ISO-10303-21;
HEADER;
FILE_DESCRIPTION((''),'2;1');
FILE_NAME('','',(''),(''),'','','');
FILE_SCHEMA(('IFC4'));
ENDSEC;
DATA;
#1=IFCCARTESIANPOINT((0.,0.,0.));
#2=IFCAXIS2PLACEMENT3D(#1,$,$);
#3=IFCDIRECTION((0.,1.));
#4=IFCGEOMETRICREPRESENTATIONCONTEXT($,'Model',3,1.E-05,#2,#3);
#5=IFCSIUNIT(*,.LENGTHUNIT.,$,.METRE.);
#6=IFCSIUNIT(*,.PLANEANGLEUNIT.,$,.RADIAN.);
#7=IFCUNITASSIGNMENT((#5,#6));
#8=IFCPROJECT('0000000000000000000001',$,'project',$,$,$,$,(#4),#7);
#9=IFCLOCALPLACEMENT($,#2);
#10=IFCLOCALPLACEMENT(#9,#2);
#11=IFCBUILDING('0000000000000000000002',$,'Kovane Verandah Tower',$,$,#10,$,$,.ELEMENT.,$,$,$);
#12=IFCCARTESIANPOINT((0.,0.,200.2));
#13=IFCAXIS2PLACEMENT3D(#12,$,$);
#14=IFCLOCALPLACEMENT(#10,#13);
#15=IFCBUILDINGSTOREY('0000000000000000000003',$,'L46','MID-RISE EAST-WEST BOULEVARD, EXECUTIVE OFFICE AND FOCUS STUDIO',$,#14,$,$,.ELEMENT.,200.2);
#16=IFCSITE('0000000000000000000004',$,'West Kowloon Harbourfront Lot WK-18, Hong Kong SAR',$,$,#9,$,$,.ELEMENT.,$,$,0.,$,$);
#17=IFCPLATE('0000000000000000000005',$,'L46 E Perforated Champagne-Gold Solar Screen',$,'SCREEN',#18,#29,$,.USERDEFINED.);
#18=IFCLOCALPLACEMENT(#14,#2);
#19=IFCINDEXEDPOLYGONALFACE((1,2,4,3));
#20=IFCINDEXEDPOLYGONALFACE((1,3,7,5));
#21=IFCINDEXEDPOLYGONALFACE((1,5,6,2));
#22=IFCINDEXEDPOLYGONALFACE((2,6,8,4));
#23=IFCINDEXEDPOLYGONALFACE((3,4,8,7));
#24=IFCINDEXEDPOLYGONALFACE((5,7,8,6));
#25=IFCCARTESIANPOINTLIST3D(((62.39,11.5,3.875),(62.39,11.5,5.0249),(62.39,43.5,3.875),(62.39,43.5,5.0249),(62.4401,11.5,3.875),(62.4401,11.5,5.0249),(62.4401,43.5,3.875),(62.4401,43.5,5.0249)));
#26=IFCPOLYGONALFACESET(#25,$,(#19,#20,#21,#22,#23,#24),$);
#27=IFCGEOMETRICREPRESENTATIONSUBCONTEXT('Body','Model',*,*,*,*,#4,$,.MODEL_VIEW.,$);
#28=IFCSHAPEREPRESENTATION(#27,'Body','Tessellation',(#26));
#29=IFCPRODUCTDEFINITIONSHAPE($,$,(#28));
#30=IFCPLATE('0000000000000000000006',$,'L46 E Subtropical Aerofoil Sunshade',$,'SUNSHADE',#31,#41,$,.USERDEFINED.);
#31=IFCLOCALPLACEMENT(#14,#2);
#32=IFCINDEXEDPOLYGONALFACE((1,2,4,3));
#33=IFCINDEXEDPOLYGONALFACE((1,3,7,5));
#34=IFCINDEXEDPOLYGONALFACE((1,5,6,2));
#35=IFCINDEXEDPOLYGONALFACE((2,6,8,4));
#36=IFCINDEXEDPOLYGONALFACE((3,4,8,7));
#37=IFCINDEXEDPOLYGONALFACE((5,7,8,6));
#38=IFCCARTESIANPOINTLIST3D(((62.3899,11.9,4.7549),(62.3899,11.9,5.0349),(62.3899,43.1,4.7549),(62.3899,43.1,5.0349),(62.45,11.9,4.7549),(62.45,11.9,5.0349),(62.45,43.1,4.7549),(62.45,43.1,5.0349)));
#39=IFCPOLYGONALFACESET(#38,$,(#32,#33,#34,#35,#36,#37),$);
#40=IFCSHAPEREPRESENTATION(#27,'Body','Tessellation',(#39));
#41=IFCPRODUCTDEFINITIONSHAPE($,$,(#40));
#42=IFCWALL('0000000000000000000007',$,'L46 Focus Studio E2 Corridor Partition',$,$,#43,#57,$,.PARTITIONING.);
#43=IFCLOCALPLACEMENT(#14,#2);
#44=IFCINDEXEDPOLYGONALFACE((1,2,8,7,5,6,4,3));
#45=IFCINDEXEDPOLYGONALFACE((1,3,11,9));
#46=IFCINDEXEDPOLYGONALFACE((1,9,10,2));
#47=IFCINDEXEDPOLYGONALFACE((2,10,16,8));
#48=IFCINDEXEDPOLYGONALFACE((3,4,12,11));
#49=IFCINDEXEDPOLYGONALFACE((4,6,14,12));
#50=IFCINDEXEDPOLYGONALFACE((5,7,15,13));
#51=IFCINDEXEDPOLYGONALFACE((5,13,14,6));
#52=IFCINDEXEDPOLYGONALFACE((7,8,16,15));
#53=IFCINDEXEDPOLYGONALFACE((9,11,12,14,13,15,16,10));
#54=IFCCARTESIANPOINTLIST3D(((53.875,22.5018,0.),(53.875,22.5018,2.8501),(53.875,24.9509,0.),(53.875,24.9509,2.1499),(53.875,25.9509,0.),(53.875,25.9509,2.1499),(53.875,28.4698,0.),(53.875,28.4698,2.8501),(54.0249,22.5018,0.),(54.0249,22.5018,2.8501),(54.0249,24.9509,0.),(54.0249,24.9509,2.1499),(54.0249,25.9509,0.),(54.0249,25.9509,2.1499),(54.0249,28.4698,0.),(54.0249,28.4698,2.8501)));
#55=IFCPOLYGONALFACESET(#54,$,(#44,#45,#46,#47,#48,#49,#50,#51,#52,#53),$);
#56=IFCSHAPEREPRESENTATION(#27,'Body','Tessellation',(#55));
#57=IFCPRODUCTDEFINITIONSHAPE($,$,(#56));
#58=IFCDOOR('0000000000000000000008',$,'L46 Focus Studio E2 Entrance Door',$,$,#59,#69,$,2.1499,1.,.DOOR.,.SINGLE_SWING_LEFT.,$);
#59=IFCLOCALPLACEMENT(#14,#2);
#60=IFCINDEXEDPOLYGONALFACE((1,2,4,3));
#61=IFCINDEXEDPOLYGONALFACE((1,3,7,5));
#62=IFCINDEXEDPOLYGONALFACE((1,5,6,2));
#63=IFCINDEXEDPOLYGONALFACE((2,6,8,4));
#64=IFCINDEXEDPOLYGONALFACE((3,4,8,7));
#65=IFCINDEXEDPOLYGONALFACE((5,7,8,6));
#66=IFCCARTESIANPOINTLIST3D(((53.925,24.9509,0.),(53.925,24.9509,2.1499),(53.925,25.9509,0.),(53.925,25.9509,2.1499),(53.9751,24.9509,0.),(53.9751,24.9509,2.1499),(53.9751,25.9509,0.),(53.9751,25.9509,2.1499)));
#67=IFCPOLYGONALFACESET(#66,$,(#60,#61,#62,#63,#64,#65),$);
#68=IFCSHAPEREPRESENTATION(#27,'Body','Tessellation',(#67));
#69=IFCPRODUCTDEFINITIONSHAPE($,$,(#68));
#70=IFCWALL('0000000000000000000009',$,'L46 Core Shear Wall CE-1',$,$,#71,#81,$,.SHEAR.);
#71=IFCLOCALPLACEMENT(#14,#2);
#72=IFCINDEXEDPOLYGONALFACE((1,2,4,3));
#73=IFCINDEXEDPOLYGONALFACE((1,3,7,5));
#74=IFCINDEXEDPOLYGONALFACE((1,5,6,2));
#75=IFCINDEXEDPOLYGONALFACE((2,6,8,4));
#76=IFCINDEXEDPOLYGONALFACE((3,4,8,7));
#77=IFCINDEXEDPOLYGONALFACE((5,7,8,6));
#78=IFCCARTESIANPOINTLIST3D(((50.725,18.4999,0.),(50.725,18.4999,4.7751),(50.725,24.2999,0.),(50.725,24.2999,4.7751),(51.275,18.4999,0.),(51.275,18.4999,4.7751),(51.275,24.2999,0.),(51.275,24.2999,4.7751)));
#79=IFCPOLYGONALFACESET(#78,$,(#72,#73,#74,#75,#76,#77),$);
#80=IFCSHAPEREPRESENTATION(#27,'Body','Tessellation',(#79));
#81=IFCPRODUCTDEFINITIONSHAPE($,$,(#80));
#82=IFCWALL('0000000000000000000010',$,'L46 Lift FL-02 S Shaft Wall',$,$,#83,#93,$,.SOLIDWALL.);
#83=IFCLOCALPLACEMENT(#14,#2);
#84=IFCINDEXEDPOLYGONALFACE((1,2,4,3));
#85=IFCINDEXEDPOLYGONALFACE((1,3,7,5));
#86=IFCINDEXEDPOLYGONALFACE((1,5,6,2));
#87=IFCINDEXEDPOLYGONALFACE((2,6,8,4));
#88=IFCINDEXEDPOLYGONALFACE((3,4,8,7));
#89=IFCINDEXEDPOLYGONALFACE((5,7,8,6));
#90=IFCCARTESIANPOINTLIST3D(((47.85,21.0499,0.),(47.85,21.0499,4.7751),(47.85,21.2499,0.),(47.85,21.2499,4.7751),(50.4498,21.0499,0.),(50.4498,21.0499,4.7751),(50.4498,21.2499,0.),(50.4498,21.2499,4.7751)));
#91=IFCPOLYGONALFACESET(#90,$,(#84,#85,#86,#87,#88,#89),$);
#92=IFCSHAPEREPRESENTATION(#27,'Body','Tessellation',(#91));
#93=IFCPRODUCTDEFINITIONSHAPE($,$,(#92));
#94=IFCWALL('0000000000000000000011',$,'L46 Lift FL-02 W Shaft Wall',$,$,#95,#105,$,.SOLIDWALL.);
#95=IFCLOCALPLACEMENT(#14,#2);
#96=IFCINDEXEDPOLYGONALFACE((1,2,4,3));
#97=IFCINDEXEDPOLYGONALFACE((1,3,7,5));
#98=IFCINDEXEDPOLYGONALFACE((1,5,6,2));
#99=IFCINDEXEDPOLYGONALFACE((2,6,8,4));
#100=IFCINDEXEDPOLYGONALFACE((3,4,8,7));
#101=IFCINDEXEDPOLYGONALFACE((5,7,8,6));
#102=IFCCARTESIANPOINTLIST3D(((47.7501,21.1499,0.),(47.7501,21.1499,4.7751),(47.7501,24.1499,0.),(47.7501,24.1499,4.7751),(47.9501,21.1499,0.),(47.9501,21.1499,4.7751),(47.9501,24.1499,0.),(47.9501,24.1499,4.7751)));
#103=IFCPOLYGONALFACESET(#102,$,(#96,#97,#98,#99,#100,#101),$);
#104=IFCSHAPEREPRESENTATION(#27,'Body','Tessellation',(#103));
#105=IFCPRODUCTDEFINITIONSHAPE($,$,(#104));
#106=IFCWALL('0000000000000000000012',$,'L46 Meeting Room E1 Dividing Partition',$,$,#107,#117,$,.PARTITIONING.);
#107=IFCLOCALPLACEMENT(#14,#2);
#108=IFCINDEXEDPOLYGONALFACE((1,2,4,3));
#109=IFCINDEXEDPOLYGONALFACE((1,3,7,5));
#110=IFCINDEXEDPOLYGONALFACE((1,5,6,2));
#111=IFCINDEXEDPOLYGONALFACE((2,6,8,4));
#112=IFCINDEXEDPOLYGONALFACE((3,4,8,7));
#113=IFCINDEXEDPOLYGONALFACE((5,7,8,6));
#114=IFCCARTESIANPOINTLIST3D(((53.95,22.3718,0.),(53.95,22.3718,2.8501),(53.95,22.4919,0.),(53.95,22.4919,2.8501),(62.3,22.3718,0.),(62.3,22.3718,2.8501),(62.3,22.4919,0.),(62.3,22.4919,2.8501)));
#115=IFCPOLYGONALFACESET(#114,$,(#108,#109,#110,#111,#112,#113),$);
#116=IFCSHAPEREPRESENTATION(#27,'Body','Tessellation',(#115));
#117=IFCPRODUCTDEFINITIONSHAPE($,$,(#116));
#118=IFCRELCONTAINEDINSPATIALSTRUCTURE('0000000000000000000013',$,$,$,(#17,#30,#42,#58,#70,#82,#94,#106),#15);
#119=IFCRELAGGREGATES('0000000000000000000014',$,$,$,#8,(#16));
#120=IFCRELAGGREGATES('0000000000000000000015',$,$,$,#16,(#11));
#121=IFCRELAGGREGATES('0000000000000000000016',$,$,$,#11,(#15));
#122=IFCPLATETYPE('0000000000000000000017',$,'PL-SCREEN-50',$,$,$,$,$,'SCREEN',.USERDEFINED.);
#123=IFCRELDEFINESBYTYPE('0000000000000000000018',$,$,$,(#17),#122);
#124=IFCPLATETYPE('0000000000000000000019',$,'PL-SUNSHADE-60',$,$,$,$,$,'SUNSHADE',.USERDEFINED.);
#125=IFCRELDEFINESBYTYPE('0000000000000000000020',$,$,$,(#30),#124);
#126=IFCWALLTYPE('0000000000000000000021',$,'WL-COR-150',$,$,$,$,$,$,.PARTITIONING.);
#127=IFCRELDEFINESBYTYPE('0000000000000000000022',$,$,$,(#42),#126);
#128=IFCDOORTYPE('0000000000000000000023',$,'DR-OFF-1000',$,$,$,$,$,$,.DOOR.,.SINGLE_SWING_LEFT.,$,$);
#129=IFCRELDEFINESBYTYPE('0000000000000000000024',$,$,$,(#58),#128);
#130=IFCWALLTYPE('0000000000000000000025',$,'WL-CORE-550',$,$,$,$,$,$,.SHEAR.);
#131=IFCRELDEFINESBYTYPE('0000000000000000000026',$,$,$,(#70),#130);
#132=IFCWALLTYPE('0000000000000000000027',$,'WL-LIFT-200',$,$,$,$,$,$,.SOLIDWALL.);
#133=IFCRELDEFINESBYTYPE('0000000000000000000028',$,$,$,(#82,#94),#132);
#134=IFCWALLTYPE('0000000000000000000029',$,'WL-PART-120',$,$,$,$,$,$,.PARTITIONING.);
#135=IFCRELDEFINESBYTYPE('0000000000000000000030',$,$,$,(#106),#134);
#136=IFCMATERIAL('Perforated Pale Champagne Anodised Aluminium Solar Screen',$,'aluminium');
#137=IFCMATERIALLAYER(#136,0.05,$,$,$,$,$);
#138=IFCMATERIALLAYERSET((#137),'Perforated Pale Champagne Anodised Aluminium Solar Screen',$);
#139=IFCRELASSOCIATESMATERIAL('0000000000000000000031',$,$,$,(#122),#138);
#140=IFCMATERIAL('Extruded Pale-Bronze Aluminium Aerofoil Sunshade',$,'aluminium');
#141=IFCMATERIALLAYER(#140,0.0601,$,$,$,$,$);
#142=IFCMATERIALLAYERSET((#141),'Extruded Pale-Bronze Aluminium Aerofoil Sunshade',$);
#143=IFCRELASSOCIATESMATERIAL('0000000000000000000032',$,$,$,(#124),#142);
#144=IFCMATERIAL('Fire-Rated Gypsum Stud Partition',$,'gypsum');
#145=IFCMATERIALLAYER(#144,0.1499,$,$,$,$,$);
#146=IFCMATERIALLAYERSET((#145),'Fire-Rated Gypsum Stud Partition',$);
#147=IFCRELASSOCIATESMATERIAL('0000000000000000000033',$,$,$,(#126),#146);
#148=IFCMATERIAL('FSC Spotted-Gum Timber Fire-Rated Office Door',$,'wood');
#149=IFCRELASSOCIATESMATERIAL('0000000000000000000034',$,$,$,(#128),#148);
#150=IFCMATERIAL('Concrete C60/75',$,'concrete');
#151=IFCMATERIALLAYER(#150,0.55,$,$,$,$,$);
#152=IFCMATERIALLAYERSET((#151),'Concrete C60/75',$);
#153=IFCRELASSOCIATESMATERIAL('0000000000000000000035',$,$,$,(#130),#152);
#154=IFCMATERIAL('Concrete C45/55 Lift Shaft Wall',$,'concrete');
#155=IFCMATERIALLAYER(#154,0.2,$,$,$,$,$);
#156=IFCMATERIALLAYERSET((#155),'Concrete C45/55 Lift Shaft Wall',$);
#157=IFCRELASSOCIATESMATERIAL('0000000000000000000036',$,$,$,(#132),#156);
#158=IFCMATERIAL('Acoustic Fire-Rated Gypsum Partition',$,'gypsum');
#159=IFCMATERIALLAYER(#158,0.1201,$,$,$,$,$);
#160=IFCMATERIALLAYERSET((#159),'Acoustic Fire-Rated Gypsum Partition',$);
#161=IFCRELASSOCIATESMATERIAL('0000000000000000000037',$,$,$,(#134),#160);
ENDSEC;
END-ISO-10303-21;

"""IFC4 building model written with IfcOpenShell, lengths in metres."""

from ifc_helpers import new_model, si_unit, direction, frame, frame_2d, origin, origin_2d, place, context, subcontext, project, spatial, rectangle, extrude, material, layer, layer_set, type_object, element, fill, save


model = new_model("IFC4")

# Units and contexts
model_context = context("Model", 3, precision=1e-05, world=origin(), true_north=direction((0.0, 1.0)))
body_context = subcontext(model_context, "Body", "Model", "MODEL_VIEW")
ifc_project = project(units=[si_unit("LENGTHUNIT", "METRE"), si_unit("PLANEANGLEUNIT", "RADIAN")], contexts=[model_context])

# Site, building, storey
site_placement = place(None, origin())
site = spatial("IfcSite", under=ifc_project, at=site_placement, Name="West Kowloon Harbourfront Lot WK-18, Hong Kong SAR", CompositionType="ELEMENT", RefElevation=0.0)
building_placement = place(site_placement, origin())
building = spatial("IfcBuilding", under=site, at=building_placement, Name="Kovane Verandah Tower", CompositionType="ELEMENT")
storey_placement = place(building_placement, frame((0.0, 0.0, 200.2)))
storey = spatial("IfcBuildingStorey", under=building, at=storey_placement, Name="L46", Description="MID-RISE EAST-WEST BOULEVARD, EXECUTIVE OFFICE AND FOCUS STUDIO", CompositionType="ELEMENT", Elevation=200.2)

# Shared definitions
ifc_material_1 = material(Name="Concrete C60/75", Category="concrete")

# Plates
ifc_material_2 = material(Name="Perforated Pale Champagne Anodised Aluminium Solar Screen", Category="aluminium")
ifc_layer_1 = layer(ifc_material_2, 0.05)
ifc_layer_set_1 = layer_set([ifc_layer_1], Name="Perforated Pale Champagne Anodised Aluminium Solar Screen")
plate_type_1 = type_object("IfcPlateType", Name="PL-SCREEN-50", ElementType="SCREEN", PredefinedType="USERDEFINED", material=ifc_layer_set_1)
plate_1_placement = place(storey_placement, frame((62.415, 27.5, 3.875), z_axis=(0.0, 0.0, 1.0), x_axis=(0.0, 1.0, 0.0)))
element("IfcPlate", 1, at=plate_1_placement, inside=storey, type_object=plate_type_1, Name="L46 E Perforated Champagne-Gold Solar Screen", ObjectType="SCREEN", PredefinedType="USERDEFINED", context=body_context, shape_type="SweptSolid", body=[
    extrude(rectangle(XDim=32.0, YDim=0.05, at=origin_2d()), origin(), (0.0, 0.0, 1.0), 1.1499),
])
ifc_material_3 = material(Name="Extruded Pale-Bronze Aluminium Aerofoil Sunshade", Category="aluminium")
ifc_layer_2 = layer(ifc_material_3, 0.0601)
ifc_layer_set_2 = layer_set([ifc_layer_2], Name="Extruded Pale-Bronze Aluminium Aerofoil Sunshade")
plate_type_2 = type_object("IfcPlateType", Name="PL-SUNSHADE-60", ElementType="SUNSHADE", PredefinedType="USERDEFINED", material=ifc_layer_set_2)
plate_2_placement = place(storey_placement, frame((62.4199, 27.5, 4.7549), z_axis=(0.0, 0.0, 1.0), x_axis=(0.0, 1.0, 0.0)))
element("IfcPlate", 2, at=plate_2_placement, inside=storey, type_object=plate_type_2, Name="L46 E Subtropical Aerofoil Sunshade", ObjectType="SUNSHADE", PredefinedType="USERDEFINED", context=body_context, shape_type="SweptSolid", body=[
    extrude(rectangle(XDim=31.2, YDim=0.0601, at=origin_2d()), origin(), (0.0, 0.0, 1.0), 0.28),
])

# Wall, opening, door
ifc_material_4 = material(Name="Fire-Rated Gypsum Stud Partition", Category="gypsum")
ifc_layer_3 = layer(ifc_material_4, 0.1499)
ifc_layer_set_3 = layer_set([ifc_layer_3], Name="Fire-Rated Gypsum Stud Partition")
wall_type_1 = type_object("IfcWallType", Name="WL-COR-150", PredefinedType="PARTITIONING", material=ifc_layer_set_3)
ifc_material_5 = material(Name="FSC Spotted-Gum Timber Fire-Rated Office Door", Category="wood")
door_type_1 = type_object("IfcDoorType", Name="DR-OFF-1000", OperationType="SINGLE_SWING_LEFT", PredefinedType="DOOR", material=ifc_material_5)
wall_1_placement = place(storey_placement, frame((53.95, 22.502, 0.0), z_axis=(0.0, 0.0, 1.0), x_axis=(0.0, 1.0, 0.0)))
wall_1 = element("IfcWall", 3, at=wall_1_placement, inside=storey, type_object=wall_type_1, Name="L46 Focus Studio E2 Corridor Partition", PredefinedType="PARTITIONING", context=body_context, shape_type="SweptSolid", body=[
    extrude(rectangle(XDim=5.968, YDim=0.1499, at=frame_2d((2.9839, 0.0))), origin(), (0.0, 0.0, 1.0), 2.8501),
])
opening_1_placement = place(wall_1_placement, frame((2.449, 0.0, 0.0)))
opening_1 = element("IfcOpeningElement", 4, at=opening_1_placement, cuts=wall_1, PredefinedType="OPENING", context=body_context, shape_type="SweptSolid", body=[
    extrude(rectangle(XDim=1.0, YDim=2.1499, at=frame_2d((0.5, 1.075))), frame((0.0, 0.075, 0.0), z_axis=(0.0, -1.0, 0.0), x_axis=(1.0, 0.0, 0.0)), (0.0, 0.0, 1.0), 0.1499),
])
door_1_placement = place(opening_1_placement, origin())
door_1 = element("IfcDoor", 5, at=door_1_placement, inside=storey, type_object=door_type_1, Name="L46 Focus Studio E2 Entrance Door", OperationType="SINGLE_SWING_LEFT", OverallHeight=2.1499, OverallWidth=1.0, PredefinedType="DOOR", context=body_context, shape_type="SweptSolid", body=[
    extrude(rectangle(XDim=1.0, YDim=2.1499, at=frame_2d((0.5, 1.075))), frame((0.0, 0.0249, 0.0), z_axis=(0.0, -1.0, 0.0), x_axis=(1.0, 0.0, 0.0)), (0.0, 0.0, 1.0), 0.05),
])
fill(opening_1, door_1)

# Wall
ifc_layer_4 = layer(ifc_material_1, 0.55)
ifc_layer_set_4 = layer_set([ifc_layer_4], Name="Concrete C60/75")
wall_type_2 = type_object("IfcWallType", Name="WL-CORE-550", PredefinedType="SHEAR", material=ifc_layer_set_4)
wall_2_placement = place(storey_placement, frame((51.0, 18.5, 0.0), z_axis=(0.0, 0.0, 1.0), x_axis=(0.0, 1.0, 0.0)))
element("IfcWall", 6, at=wall_2_placement, inside=storey, type_object=wall_type_2, Name="L46 Core Shear Wall CE-1", PredefinedType="SHEAR", context=body_context, shape_type="SweptSolid", body=[
    extrude(rectangle(XDim=5.8, YDim=0.55, at=frame_2d((2.8999, 0.0))), origin(), (0.0, 0.0, 1.0), 4.7751),
])

# Wall
ifc_material_6 = material(Name="Concrete C45/55 Lift Shaft Wall", Category="concrete")
ifc_layer_5 = layer(ifc_material_6, 0.2)
ifc_layer_set_5 = layer_set([ifc_layer_5], Name="Concrete C45/55 Lift Shaft Wall")
wall_type_3 = type_object("IfcWallType", Name="WL-LIFT-200", PredefinedType="SOLIDWALL", material=ifc_layer_set_5)
wall_3_placement = place(storey_placement, frame((47.8501, 21.1499, 0.0), z_axis=(0.0, 0.0, 1.0), x_axis=(1.0, 0.0, 0.0)))
element("IfcWall", 7, at=wall_3_placement, inside=storey, type_object=wall_type_3, Name="L46 Lift FL-02 S Shaft Wall", PredefinedType="SOLIDWALL", context=body_context, shape_type="SweptSolid", body=[
    extrude(rectangle(XDim=2.5999, YDim=0.2, at=frame_2d((1.2998, 0.0))), origin(), (0.0, 0.0, 1.0), 4.7751),
])

# Wall
wall_4_placement = place(storey_placement, frame((47.8501, 24.1499, 0.0), z_axis=(0.0, 0.0, 1.0), x_axis=(0.0, -1.0, 0.0)))
element("IfcWall", 8, at=wall_4_placement, inside=storey, type_object=wall_type_3, Name="L46 Lift FL-02 W Shaft Wall", PredefinedType="SOLIDWALL", context=body_context, shape_type="SweptSolid", body=[
    extrude(rectangle(XDim=3.0, YDim=0.2, at=frame_2d((1.5, 0.0))), origin(), (0.0, 0.0, 1.0), 4.7751),
])

# Wall
ifc_material_7 = material(Name="Acoustic Fire-Rated Gypsum Partition", Category="gypsum")
ifc_layer_6 = layer(ifc_material_7, 0.1201)
ifc_layer_set_6 = layer_set([ifc_layer_6], Name="Acoustic Fire-Rated Gypsum Partition")
wall_type_4 = type_object("IfcWallType", Name="WL-PART-120", PredefinedType="PARTITIONING", material=ifc_layer_set_6)
wall_5_placement = place(storey_placement, frame((53.95, 22.4319, 0.0), z_axis=(0.0, 0.0, 1.0), x_axis=(1.0, 0.0, 0.0)))
element("IfcWall", 9, at=wall_5_placement, inside=storey, type_object=wall_type_4, Name="L46 Meeting Room E1 Dividing Partition", PredefinedType="PARTITIONING", context=body_context, shape_type="SweptSolid", body=[
    extrude(rectangle(XDim=8.3501, YDim=0.1201, at=frame_2d((4.175, 0.0))), origin(), (0.0, 0.0, 1.0), 2.8501),
])

save(model, "model.ifc")
